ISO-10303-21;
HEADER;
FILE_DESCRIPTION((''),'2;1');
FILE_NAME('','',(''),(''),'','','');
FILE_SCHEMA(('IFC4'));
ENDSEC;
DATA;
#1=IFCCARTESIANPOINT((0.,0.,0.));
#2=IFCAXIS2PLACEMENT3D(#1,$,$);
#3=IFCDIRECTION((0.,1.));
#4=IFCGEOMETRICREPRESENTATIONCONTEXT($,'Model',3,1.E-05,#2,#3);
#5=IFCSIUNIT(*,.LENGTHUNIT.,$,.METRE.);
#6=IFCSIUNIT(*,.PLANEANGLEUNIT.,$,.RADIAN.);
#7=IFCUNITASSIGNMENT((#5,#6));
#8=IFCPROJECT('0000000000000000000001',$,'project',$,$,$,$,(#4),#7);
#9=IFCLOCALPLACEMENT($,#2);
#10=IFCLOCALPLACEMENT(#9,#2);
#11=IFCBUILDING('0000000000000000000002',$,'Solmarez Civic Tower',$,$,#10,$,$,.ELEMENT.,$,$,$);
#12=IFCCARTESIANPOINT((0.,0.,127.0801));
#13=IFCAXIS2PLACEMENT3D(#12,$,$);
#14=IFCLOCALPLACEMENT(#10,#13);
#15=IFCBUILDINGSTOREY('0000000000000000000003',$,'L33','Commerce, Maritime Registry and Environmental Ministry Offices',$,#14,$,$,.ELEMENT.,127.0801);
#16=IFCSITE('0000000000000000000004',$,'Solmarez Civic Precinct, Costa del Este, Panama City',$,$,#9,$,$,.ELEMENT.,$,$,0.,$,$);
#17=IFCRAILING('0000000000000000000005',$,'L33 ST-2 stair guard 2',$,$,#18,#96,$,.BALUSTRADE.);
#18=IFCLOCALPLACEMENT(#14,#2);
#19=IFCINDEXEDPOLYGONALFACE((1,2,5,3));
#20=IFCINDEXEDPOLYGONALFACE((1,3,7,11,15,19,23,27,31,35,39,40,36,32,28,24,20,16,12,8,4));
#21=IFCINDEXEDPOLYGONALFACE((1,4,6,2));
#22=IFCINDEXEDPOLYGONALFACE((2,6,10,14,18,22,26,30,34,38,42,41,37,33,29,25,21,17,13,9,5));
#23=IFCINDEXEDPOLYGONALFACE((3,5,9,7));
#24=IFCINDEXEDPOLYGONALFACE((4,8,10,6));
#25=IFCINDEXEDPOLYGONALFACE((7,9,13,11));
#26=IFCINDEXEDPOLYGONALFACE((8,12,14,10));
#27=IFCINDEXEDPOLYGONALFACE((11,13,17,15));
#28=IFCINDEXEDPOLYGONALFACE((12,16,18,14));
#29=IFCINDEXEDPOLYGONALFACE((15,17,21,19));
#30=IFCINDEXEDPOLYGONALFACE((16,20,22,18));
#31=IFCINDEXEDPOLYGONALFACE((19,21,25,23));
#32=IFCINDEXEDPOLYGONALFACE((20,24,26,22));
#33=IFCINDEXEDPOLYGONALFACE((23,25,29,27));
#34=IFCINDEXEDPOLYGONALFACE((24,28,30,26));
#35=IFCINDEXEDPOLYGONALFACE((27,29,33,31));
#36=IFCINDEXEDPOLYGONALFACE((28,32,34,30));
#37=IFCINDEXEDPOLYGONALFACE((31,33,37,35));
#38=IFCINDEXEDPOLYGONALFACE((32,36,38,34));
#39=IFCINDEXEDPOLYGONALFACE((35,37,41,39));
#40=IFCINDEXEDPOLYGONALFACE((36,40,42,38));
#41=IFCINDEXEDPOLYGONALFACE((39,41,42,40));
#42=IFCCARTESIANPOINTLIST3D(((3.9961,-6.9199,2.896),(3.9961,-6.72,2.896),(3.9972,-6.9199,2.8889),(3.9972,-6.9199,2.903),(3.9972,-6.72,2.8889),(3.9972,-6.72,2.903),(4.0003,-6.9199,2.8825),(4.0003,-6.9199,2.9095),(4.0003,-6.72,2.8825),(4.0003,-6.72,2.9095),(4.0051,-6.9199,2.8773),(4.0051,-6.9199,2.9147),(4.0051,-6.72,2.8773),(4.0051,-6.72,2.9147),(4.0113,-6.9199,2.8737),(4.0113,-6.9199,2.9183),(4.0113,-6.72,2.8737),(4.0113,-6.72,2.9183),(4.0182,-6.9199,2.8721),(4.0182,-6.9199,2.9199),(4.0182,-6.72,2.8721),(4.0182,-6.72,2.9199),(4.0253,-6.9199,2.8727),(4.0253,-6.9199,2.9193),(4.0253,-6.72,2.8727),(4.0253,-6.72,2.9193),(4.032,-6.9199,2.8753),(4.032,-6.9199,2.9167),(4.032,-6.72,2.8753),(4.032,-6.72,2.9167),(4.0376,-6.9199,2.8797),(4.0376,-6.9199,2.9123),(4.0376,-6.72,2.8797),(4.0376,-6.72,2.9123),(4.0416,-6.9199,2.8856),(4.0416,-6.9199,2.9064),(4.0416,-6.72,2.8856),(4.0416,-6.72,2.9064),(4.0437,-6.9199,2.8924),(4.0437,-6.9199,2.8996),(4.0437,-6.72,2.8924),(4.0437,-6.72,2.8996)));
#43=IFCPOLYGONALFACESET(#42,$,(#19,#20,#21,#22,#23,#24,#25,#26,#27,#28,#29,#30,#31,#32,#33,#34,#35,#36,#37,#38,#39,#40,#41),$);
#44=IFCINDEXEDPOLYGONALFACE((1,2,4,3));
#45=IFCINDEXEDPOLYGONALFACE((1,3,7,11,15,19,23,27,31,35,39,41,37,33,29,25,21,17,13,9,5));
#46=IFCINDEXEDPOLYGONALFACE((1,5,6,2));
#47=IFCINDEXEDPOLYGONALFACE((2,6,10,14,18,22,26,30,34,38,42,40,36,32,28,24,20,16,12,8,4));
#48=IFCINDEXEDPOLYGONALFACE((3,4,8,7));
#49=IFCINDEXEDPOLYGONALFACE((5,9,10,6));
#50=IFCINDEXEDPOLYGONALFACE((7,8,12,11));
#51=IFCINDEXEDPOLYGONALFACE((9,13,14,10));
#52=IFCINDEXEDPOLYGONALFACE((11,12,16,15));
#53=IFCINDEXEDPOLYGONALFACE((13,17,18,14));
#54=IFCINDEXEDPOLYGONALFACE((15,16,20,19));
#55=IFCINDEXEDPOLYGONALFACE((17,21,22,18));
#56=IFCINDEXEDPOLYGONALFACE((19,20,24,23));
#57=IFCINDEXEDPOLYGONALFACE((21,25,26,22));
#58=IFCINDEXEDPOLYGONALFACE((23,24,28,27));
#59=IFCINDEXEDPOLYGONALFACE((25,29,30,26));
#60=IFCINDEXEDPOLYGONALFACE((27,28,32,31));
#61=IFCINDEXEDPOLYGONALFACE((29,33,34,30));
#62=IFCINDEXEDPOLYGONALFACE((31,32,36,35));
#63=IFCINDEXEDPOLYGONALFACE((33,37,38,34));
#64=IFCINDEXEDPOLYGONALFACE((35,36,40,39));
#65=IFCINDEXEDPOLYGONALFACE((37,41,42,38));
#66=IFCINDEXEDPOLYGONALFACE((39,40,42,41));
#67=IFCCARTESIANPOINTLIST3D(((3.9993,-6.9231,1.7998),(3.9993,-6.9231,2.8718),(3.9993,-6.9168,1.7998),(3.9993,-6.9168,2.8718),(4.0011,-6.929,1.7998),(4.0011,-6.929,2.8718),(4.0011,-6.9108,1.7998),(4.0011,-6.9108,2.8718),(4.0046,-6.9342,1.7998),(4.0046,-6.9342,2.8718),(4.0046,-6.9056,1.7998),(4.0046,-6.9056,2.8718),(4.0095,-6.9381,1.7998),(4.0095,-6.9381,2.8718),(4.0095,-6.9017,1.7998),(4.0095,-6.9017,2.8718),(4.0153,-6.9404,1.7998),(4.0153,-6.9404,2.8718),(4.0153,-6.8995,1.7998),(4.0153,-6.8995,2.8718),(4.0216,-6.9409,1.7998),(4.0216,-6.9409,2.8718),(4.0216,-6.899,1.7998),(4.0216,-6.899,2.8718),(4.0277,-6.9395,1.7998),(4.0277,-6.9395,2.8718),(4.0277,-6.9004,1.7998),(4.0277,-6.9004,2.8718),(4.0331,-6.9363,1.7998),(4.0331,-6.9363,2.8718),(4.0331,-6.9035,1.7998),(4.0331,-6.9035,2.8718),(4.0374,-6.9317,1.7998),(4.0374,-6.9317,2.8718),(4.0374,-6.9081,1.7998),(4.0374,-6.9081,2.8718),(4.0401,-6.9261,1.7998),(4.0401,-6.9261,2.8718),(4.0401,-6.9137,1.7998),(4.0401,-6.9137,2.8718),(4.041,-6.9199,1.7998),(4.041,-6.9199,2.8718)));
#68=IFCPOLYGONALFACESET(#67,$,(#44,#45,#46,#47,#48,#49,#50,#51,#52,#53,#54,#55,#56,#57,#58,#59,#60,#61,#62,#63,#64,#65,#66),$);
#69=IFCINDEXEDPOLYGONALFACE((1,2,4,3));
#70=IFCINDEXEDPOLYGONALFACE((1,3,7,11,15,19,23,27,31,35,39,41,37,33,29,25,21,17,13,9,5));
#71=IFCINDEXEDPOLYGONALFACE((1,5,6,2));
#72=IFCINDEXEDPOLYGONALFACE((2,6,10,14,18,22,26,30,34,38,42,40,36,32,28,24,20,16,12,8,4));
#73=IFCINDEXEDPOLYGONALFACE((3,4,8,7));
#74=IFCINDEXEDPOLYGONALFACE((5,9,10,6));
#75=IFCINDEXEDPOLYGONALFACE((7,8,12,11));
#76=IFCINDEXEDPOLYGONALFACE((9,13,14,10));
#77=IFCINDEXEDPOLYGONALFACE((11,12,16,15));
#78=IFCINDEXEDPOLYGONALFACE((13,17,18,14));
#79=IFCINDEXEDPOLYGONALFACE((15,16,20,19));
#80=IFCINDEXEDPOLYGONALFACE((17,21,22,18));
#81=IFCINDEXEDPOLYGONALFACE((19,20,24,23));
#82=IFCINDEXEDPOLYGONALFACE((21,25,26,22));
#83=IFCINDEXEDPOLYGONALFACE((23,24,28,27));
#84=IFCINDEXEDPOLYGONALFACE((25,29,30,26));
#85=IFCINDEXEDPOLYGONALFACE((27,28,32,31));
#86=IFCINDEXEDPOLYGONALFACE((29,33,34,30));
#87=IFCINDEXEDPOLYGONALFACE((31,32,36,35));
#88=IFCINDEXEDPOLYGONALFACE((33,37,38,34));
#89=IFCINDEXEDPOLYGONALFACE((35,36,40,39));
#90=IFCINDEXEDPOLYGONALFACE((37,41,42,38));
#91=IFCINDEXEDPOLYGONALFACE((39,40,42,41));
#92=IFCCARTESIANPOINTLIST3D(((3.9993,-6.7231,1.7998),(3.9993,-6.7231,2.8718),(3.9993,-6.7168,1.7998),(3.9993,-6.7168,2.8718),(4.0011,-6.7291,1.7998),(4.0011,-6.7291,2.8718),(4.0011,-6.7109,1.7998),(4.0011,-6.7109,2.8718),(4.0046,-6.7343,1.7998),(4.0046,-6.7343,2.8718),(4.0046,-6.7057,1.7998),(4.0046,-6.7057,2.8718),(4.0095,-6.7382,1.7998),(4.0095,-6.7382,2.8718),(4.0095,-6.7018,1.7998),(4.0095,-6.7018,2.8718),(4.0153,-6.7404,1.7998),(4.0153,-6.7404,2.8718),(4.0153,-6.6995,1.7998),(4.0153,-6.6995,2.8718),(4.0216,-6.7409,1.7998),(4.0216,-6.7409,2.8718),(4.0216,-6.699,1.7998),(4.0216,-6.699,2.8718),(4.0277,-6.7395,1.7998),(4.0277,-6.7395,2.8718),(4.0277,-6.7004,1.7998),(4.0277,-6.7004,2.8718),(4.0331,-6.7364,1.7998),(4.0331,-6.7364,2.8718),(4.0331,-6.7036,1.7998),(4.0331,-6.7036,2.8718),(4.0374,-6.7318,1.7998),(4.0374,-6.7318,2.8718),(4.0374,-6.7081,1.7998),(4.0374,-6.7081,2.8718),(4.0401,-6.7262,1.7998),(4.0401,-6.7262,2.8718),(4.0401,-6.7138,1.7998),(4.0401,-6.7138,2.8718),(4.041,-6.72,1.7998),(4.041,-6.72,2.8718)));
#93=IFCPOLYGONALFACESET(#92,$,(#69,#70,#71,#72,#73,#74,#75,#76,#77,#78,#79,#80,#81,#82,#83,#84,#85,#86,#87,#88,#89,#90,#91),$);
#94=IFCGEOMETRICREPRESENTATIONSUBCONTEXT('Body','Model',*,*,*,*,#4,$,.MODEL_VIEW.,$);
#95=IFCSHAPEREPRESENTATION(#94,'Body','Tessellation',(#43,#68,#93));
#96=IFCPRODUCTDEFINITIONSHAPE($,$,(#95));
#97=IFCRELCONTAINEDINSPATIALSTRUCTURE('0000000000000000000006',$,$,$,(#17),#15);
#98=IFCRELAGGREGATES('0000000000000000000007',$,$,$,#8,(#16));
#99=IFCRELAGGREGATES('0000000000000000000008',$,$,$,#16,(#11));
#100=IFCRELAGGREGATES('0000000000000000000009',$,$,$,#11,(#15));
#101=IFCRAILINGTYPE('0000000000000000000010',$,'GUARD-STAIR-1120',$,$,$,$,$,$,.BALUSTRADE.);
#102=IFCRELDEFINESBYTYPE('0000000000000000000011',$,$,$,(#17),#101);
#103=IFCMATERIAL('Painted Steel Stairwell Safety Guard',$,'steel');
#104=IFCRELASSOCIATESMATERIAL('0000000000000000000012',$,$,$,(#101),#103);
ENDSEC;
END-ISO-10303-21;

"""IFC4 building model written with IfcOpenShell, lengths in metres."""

from ifc_helpers import new_model, si_unit, direction, frame, origin, origin_2d, place, context, subcontext, project, spatial, circle, extrude, material, type_object, element, save


model = new_model("IFC4")

# Units and contexts
model_context = context("Model", 3, precision=1e-05, world=origin(), true_north=direction((0.0, 1.0)))
body_context = subcontext(model_context, "Body", "Model", "MODEL_VIEW")
ifc_project = project(units=[si_unit("LENGTHUNIT", "METRE"), si_unit("PLANEANGLEUNIT", "RADIAN")], contexts=[model_context])

# Site, building, storey
site_placement = place(None, origin())
site = spatial("IfcSite", under=ifc_project, at=site_placement, Name="Solmarez Civic Precinct, Costa del Este, Panama City", CompositionType="ELEMENT", RefElevation=0.0)
building_placement = place(site_placement, origin())
building = spatial("IfcBuilding", under=site, at=building_placement, Name="Solmarez Civic Tower", CompositionType="ELEMENT")
storey_placement = place(building_placement, frame((0.0, 0.0, 127.0801)))
storey = spatial("IfcBuildingStorey", under=building, at=storey_placement, Name="L33", Description="Commerce, Maritime Registry and Environmental Ministry Offices", CompositionType="ELEMENT", Elevation=127.0801)

# Railing
ifc_material_1 = material(Name="Painted Steel Stairwell Safety Guard", Category="steel")
railing_type_1 = type_object("IfcRailingType", Name="GUARD-STAIR-1120", PredefinedType="BALUSTRADE", material=ifc_material_1)
railing_1_placement = place(storey_placement, frame((4.02, -6.9199, 1.7998)))
element("IfcRailing", 1, at=railing_1_placement, inside=storey, type_object=railing_type_1, Name="L33 ST-2 stair guard 2", PredefinedType="BALUSTRADE", context=body_context, shape_type="SweptSolid", body=[
    extrude(circle(Radius=0.0239, at=origin_2d()), frame((0.0, 0.0, 1.0962), z_axis=(0.0, 1.0, 0.0), x_axis=(-1.0, 0.0, 0.0)), (0.0, 0.0, 1.0), 0.2),
    extrude(circle(Radius=0.021, at=origin_2d()), origin(), (0.0, 0.0, 1.0), 1.072),
    extrude(circle(Radius=0.021, at=origin_2d()), frame((0.0, 0.2, 0.0)), (0.0, 0.0, 1.0), 1.072),
])

save(model, "model.ifc")
